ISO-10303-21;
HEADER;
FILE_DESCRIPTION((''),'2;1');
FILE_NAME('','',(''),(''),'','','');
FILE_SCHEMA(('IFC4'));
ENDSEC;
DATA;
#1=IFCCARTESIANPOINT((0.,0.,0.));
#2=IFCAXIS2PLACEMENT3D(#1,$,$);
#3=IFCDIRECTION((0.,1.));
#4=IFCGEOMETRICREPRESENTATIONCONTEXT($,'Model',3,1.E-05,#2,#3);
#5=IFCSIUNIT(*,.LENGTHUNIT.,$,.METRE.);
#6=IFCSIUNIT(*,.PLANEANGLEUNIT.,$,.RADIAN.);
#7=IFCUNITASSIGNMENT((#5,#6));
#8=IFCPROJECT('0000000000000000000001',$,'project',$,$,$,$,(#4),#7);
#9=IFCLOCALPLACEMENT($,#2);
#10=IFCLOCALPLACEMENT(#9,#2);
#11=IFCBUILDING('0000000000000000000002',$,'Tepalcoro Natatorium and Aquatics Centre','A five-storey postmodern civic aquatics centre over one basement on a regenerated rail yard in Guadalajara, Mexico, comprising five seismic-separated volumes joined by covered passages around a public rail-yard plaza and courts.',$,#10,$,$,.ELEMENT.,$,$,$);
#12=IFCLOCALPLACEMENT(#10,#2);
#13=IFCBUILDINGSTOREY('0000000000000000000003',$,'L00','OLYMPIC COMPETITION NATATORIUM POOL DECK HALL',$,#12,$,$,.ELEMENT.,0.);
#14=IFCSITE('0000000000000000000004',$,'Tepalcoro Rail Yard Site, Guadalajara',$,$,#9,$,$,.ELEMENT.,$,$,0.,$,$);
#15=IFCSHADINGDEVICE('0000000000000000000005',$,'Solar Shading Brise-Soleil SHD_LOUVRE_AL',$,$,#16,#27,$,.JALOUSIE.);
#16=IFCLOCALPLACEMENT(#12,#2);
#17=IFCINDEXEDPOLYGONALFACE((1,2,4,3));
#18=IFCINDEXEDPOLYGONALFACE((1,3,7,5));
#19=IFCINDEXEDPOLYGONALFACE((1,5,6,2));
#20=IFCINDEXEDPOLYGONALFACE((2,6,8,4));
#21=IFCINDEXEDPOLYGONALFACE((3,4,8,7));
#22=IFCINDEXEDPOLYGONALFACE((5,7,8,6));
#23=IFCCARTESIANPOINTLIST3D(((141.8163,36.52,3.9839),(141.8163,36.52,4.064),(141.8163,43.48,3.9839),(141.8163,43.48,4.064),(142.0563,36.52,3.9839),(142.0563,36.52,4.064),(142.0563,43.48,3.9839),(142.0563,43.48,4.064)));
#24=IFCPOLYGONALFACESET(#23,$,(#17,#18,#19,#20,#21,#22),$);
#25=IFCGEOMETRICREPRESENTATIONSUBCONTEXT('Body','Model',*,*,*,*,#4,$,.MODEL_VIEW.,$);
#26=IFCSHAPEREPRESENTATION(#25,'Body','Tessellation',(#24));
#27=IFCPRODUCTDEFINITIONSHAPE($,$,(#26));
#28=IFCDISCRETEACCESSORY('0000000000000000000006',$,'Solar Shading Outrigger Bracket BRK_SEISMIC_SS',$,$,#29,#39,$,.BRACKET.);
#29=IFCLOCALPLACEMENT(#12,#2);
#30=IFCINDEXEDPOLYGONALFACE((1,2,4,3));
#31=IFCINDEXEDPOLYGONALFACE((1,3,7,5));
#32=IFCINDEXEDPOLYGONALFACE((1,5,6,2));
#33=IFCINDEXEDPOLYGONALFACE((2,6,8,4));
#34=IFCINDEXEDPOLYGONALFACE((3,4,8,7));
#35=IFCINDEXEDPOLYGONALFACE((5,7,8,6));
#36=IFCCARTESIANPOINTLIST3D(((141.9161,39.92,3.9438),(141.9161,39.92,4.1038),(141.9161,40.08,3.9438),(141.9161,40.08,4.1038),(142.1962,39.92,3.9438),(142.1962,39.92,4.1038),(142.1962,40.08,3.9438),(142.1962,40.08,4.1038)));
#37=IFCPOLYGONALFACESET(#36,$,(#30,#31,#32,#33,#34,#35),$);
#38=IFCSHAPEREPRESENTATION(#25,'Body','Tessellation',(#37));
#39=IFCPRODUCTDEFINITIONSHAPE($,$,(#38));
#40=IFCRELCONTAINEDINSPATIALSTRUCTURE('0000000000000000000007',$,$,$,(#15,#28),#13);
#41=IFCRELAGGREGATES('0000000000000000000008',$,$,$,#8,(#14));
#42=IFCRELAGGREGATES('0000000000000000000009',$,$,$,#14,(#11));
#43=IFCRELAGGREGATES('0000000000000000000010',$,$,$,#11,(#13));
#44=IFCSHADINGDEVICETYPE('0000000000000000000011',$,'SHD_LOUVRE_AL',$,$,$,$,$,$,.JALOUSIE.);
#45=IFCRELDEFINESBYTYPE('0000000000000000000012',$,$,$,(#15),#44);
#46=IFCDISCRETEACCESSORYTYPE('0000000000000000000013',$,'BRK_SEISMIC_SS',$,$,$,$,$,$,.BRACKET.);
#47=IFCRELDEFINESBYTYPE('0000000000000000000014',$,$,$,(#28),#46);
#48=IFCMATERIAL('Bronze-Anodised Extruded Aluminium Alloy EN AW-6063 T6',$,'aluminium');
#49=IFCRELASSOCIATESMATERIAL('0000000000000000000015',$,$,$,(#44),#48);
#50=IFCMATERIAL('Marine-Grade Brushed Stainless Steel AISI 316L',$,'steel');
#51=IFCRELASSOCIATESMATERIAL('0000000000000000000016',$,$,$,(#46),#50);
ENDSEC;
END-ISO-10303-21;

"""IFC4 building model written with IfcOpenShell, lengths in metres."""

from ifc_helpers import new_model, si_unit, direction, frame, origin, origin_2d, place, context, subcontext, project, spatial, rectangle, extrude, material, type_object, element, save


model = new_model("IFC4")

# Units and contexts
model_context = context("Model", 3, precision=1e-05, world=origin(), true_north=direction((0.0, 1.0)))
body_context = subcontext(model_context, "Body", "Model", "MODEL_VIEW")
ifc_project = project(units=[si_unit("LENGTHUNIT", "METRE"), si_unit("PLANEANGLEUNIT", "RADIAN")], contexts=[model_context])

# Site, building, storey
site_placement = place(None, origin())
site = spatial("IfcSite", under=ifc_project, at=site_placement, Name="Tepalcoro Rail Yard Site, Guadalajara", CompositionType="ELEMENT", RefElevation=0.0)
building_placement = place(site_placement, origin())
building = spatial("IfcBuilding", under=site, at=building_placement, Name="Tepalcoro Natatorium and Aquatics Centre", Description="A five-storey postmodern civic aquatics centre over one basement on a regenerated rail yard in Guadalajara, Mexico, comprising five seismic-separated volumes joined by covered passages around a public rail-yard plaza and courts.", CompositionType="ELEMENT")
storey_placement = place(building_placement, origin())
storey = spatial("IfcBuildingStorey", under=building, at=storey_placement, Name="L00", Description="OLYMPIC COMPETITION NATATORIUM POOL DECK HALL", CompositionType="ELEMENT", Elevation=0.0)

# Shared definitions
ifc_material_1 = material(Name="Bronze-Anodised Extruded Aluminium Alloy EN AW-6063 T6", Category="aluminium")

# Shading device
shading_device_type = type_object("IfcShadingDeviceType", Name="SHD_LOUVRE_AL", PredefinedType="JALOUSIE", material=ifc_material_1)
for number, where, z_axis, x_axis, name in (
    (1, (141.9363, 40.0, 3.9839), (0.0, 0.0, 1.0), (1.0, 0.0, 0.0), "Solar Shading Brise-Soleil SHD_LOUVRE_AL"),
):
    element("IfcShadingDevice", number, at=place(storey_placement, frame(where, z_axis=z_axis, x_axis=x_axis)), inside=storey, type_object=shading_device_type, Name=name, PredefinedType="JALOUSIE", context=body_context, shape_type="SweptSolid", body=[
        extrude(rectangle(XDim=0.24, YDim=6.96, at=origin_2d()), origin(), (0.0, 0.0, 1.0), 0.0801),
    ])

# Discrete accessory
ifc_material_2 = material(Name="Marine-Grade Brushed Stainless Steel AISI 316L", Category="steel")
discrete_accessory_type = type_object("IfcDiscreteAccessoryType", Name="BRK_SEISMIC_SS", PredefinedType="BRACKET", material=ifc_material_2)
discrete_accessory_placement = place(storey_placement, frame((142.0562, 40.0, 3.9438), z_axis=(0.0, 0.0, 1.0), x_axis=(1.0, 0.0, 0.0)))
element("IfcDiscreteAccessory", 2, at=discrete_accessory_placement, inside=storey, type_object=discrete_accessory_type, Name="Solar Shading Outrigger Bracket BRK_SEISMIC_SS", PredefinedType="BRACKET", context=body_context, shape_type="SweptSolid", body=[
    extrude(rectangle(XDim=0.28, YDim=0.1599, at=origin_2d()), origin(), (0.0, 0.0, 1.0), 0.1599),
])

save(model, "model.ifc")
